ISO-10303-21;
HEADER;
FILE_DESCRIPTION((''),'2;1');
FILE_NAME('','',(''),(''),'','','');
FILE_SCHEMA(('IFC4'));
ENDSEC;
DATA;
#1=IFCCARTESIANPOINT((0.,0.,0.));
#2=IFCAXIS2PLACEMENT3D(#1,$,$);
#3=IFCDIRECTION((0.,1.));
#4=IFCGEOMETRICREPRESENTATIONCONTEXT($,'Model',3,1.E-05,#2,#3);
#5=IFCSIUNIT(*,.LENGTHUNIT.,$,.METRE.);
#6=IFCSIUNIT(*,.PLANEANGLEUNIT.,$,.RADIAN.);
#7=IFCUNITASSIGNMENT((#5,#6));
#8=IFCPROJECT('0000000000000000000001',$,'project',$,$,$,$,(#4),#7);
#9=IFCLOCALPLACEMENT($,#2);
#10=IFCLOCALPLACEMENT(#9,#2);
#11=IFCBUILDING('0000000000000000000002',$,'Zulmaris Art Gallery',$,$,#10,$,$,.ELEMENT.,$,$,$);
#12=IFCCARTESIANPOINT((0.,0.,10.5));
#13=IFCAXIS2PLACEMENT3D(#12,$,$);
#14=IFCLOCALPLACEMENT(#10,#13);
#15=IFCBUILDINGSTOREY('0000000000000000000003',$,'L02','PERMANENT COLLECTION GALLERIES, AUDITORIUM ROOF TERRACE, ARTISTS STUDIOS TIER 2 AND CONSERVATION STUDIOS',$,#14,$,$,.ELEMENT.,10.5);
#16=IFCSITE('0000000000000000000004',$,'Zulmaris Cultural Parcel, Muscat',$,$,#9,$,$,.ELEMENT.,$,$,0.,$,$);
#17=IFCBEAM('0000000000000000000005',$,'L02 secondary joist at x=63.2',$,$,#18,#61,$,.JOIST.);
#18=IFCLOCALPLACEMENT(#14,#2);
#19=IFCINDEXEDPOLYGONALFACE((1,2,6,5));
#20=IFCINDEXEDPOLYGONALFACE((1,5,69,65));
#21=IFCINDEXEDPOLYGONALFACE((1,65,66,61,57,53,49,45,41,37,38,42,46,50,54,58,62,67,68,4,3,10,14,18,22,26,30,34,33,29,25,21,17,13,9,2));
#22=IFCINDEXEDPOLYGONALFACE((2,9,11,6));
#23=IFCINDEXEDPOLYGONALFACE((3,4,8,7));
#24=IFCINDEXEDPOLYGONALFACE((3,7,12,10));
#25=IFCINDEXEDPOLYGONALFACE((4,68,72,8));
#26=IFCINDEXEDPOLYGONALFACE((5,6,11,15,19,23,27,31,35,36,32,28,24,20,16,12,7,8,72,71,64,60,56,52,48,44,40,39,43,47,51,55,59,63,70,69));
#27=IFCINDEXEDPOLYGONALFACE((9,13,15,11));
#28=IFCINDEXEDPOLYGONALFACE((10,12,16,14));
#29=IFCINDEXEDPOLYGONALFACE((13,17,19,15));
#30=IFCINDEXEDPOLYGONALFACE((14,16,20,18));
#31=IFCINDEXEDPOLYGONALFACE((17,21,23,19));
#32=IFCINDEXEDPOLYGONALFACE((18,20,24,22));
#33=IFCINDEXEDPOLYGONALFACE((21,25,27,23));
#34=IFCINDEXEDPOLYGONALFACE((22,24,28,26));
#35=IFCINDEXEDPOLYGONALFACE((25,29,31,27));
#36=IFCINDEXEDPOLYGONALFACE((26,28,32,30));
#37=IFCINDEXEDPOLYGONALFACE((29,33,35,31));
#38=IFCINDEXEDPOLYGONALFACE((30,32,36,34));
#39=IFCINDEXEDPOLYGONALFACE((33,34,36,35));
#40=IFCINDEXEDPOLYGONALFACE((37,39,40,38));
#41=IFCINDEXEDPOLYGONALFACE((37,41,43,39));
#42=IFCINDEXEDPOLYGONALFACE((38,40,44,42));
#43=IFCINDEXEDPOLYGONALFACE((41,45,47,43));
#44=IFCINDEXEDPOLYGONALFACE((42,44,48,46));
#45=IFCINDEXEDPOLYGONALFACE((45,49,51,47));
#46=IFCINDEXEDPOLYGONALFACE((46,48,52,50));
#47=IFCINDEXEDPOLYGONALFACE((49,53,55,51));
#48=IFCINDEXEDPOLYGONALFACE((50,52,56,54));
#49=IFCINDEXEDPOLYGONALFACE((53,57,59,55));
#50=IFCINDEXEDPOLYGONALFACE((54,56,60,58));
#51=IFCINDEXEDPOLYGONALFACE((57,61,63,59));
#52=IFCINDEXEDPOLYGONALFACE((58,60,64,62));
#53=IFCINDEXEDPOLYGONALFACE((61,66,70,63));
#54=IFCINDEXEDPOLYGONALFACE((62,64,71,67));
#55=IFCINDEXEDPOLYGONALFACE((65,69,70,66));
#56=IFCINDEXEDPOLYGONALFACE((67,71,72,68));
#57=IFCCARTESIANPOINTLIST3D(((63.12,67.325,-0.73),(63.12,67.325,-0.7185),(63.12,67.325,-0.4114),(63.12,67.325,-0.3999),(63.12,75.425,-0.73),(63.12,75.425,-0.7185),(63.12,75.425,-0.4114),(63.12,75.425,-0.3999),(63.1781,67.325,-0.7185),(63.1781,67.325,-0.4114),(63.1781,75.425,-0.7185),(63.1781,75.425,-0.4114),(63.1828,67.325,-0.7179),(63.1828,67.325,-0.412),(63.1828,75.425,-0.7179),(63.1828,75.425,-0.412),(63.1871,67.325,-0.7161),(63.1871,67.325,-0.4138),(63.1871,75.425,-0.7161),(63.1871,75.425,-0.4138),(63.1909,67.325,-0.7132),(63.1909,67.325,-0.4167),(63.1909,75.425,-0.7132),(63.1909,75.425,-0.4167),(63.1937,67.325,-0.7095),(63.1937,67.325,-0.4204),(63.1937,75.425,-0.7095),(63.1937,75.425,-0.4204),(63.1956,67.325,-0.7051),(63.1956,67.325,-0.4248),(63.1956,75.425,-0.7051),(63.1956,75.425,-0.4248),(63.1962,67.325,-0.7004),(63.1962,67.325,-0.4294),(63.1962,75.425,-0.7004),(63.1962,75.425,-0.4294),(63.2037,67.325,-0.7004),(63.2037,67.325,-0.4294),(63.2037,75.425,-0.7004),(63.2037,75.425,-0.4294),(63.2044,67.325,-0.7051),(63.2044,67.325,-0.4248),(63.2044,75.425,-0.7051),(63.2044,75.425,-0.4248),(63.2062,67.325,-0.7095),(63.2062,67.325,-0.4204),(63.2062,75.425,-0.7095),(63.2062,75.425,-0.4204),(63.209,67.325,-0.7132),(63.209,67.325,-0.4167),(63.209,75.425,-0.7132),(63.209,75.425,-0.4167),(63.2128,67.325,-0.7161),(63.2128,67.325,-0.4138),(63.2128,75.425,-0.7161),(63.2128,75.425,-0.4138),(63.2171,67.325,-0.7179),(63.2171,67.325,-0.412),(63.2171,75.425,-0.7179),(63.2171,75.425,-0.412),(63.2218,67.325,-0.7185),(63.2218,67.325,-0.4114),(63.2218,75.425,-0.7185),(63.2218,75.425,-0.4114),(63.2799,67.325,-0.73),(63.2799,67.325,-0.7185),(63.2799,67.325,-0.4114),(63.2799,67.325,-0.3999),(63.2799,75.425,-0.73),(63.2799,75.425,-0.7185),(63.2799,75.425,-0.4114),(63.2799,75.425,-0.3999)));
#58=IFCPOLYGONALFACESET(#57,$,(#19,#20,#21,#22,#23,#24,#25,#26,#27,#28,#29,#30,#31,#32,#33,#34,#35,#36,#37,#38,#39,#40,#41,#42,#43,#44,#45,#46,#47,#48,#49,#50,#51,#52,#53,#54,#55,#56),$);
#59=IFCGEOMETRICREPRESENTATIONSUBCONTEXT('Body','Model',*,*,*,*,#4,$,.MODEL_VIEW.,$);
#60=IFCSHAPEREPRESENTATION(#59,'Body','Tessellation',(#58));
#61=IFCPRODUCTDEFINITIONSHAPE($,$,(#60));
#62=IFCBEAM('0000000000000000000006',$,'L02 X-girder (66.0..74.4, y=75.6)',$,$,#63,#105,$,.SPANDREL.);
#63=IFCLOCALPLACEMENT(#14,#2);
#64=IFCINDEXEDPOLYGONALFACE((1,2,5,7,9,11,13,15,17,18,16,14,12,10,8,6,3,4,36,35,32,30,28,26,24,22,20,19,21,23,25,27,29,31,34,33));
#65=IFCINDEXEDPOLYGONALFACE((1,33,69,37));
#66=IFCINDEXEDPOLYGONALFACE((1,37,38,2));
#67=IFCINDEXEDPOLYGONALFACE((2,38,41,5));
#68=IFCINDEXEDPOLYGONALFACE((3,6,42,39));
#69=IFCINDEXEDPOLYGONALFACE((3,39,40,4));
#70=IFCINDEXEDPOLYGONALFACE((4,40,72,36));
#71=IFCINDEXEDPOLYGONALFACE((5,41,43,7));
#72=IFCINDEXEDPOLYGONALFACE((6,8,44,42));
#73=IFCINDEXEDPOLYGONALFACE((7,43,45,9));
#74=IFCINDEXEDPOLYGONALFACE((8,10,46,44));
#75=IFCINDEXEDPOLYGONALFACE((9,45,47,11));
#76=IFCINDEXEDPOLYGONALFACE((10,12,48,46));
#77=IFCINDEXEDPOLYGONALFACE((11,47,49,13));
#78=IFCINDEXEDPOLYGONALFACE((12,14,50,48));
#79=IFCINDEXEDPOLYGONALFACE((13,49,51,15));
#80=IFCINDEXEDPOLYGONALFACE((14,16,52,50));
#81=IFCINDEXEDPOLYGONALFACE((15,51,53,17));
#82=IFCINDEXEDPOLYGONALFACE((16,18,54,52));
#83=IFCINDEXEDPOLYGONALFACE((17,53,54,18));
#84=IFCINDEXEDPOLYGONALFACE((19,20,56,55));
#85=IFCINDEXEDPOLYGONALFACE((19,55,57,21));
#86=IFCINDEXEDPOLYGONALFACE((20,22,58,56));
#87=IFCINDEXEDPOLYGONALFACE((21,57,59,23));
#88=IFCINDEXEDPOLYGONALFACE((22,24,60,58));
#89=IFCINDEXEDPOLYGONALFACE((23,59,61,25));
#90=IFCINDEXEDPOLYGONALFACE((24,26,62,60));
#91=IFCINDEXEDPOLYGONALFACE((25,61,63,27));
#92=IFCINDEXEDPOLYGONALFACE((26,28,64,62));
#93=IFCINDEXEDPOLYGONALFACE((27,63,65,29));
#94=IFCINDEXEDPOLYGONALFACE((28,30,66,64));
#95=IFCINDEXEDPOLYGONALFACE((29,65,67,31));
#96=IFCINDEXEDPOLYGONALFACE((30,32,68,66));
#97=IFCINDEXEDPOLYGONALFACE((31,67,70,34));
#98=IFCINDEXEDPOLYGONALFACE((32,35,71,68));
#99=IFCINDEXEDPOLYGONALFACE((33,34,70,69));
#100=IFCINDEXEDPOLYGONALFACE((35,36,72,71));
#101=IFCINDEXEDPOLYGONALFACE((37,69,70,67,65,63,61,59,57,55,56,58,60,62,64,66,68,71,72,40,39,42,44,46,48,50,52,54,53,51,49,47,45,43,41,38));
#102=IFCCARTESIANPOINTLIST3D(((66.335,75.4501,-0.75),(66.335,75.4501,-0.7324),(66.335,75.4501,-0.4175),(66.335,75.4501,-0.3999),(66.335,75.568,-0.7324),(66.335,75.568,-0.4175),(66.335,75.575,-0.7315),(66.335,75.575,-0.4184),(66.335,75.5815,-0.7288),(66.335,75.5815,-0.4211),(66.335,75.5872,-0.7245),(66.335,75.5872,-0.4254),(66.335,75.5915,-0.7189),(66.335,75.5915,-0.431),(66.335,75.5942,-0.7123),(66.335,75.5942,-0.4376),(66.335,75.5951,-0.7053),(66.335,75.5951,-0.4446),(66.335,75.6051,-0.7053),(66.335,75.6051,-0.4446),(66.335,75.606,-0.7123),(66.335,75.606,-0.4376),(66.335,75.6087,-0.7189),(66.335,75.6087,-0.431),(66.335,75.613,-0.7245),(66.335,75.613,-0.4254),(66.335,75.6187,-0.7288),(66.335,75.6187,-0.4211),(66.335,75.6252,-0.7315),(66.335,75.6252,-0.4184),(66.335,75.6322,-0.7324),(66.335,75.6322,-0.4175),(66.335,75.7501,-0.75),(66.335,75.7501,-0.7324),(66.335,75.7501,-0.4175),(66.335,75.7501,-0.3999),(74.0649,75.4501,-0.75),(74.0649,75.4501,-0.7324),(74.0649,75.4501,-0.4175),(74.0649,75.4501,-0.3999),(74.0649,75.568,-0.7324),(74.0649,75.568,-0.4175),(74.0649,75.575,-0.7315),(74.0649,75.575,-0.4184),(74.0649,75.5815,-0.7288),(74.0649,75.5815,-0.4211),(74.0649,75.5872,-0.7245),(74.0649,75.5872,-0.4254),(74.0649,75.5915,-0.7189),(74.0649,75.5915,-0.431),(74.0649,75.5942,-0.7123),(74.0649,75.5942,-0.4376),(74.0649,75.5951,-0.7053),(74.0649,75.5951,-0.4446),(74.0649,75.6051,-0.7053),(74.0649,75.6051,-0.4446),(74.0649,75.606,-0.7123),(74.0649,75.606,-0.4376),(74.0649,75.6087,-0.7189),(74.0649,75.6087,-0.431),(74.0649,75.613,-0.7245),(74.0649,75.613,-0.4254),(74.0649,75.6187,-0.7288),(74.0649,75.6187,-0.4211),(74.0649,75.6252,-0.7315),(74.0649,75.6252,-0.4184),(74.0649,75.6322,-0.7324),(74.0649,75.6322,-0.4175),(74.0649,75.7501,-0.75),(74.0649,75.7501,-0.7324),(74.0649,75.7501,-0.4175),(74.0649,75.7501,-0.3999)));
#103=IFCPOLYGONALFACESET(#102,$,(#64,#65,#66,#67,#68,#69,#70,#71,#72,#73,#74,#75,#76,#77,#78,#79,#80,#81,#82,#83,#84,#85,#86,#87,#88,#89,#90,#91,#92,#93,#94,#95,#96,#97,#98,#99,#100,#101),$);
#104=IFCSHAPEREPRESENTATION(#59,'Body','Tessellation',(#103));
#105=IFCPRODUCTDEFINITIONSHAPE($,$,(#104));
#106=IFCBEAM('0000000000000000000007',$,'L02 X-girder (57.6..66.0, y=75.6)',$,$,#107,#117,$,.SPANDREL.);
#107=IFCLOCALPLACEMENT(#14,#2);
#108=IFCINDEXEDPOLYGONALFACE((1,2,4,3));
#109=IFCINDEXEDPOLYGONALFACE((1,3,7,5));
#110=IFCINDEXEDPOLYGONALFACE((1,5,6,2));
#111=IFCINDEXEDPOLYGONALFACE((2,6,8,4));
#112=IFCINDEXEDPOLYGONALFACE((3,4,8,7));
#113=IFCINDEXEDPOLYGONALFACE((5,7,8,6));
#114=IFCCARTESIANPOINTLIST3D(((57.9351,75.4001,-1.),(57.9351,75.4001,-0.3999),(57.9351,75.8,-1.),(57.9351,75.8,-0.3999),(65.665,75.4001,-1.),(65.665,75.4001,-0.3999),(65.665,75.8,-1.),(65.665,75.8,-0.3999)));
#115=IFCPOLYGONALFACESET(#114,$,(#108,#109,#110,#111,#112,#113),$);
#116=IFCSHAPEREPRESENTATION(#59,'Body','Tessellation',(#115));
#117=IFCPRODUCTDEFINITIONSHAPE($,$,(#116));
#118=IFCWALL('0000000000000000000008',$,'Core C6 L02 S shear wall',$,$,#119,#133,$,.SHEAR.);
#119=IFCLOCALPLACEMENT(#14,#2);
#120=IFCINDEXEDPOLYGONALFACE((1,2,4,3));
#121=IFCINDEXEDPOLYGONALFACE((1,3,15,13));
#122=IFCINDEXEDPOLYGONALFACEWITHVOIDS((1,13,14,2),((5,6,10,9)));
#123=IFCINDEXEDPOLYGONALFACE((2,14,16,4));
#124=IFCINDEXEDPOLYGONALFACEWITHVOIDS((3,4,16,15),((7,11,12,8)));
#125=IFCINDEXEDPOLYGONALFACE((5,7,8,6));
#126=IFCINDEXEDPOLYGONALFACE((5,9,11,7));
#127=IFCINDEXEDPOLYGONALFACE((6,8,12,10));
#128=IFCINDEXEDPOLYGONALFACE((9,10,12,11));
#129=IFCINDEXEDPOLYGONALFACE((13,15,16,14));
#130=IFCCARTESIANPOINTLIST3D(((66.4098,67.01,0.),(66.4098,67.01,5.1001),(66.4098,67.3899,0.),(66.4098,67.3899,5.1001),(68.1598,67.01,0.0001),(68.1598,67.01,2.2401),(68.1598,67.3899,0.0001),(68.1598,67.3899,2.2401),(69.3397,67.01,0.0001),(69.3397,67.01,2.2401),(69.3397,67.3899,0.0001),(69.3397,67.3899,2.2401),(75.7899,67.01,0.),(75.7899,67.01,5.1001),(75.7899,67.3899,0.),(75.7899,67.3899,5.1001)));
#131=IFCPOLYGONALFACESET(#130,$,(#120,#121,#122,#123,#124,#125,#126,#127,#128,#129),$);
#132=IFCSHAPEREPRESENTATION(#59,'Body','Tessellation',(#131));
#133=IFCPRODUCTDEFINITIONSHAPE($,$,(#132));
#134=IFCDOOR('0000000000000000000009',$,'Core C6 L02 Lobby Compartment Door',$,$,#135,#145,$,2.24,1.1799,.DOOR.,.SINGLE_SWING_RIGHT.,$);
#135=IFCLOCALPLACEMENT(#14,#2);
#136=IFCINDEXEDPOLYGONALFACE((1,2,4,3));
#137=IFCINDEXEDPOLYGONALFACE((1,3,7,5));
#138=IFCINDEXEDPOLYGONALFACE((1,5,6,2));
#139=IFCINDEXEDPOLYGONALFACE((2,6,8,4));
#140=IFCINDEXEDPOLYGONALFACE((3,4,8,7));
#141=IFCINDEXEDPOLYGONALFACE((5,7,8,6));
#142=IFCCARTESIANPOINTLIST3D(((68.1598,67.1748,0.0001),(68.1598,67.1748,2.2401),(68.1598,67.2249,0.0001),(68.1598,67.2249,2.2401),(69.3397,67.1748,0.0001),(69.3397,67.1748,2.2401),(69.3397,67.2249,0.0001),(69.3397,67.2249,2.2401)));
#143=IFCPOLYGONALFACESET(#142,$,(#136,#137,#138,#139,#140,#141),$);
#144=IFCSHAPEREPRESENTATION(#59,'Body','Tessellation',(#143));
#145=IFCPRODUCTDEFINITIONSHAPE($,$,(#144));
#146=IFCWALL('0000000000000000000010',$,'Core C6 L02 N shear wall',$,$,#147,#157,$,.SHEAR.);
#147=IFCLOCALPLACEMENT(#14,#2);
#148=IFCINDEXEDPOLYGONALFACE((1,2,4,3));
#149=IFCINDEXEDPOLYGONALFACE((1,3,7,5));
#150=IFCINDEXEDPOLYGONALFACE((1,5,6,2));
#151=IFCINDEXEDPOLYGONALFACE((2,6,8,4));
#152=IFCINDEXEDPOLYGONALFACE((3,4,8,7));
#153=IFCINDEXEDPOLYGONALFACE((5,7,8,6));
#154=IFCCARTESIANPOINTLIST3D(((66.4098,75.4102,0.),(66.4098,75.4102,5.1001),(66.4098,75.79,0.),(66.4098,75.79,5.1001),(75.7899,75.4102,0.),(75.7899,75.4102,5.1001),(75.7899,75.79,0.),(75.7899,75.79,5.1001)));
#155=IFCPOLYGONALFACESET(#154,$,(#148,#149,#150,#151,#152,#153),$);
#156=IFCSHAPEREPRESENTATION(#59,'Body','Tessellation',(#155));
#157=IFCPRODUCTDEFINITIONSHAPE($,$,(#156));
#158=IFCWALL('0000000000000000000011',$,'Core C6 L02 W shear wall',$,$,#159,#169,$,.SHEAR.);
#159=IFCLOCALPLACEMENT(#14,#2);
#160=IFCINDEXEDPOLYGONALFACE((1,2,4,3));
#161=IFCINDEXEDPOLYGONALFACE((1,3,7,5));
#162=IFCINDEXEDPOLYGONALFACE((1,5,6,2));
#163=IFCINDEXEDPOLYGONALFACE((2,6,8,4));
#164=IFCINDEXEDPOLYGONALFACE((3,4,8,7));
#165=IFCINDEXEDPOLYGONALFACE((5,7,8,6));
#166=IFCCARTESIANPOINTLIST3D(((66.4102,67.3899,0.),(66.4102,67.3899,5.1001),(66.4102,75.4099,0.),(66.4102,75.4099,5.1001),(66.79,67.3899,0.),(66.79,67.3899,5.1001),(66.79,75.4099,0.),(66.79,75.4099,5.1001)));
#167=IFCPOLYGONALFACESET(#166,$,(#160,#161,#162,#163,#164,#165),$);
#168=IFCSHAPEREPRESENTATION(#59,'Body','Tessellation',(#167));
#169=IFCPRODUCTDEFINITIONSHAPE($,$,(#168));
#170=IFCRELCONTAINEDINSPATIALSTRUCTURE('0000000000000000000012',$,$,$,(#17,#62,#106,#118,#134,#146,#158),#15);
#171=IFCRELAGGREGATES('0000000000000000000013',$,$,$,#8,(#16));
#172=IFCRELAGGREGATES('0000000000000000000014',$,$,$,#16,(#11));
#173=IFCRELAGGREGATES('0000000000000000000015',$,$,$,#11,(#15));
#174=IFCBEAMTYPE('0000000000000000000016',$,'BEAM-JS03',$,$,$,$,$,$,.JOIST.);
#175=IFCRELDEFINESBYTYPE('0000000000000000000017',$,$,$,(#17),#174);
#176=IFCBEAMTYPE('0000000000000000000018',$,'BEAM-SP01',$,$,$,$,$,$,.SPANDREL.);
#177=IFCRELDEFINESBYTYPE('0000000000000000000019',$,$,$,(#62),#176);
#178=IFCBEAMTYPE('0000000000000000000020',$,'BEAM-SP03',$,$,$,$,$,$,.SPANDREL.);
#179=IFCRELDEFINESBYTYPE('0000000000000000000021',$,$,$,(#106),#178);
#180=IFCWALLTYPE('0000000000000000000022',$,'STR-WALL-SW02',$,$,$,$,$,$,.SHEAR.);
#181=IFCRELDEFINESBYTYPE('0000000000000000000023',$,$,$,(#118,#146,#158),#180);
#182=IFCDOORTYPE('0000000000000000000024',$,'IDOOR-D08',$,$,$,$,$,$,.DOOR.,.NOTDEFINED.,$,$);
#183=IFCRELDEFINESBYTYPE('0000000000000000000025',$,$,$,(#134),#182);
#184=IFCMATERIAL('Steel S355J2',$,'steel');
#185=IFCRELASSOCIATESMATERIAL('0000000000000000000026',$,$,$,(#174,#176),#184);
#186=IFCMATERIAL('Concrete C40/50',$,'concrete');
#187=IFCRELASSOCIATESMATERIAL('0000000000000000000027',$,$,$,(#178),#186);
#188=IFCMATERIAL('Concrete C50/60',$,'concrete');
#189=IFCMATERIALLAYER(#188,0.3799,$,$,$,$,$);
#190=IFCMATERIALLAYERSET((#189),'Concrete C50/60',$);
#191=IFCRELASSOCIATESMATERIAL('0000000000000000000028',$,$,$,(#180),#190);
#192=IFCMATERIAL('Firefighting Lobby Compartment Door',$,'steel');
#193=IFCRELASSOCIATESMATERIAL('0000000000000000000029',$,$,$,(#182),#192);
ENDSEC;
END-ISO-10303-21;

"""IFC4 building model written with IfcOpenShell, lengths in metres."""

from ifc_helpers import new_model, si_unit, direction, frame, frame_2d, origin, origin_2d, place, context, subcontext, project, spatial, rectangle, i_section, extrude, material, layer, layer_set, material_profile, profile_set, type_object, element, fill, save


model = new_model("IFC4")

# Units and contexts
model_context = context("Model", 3, precision=1e-05, world=origin(), true_north=direction((0.0, 1.0)))
body_context = subcontext(model_context, "Body", "Model", "MODEL_VIEW")
ifc_project = project(units=[si_unit("LENGTHUNIT", "METRE"), si_unit("PLANEANGLEUNIT", "RADIAN")], contexts=[model_context])

# Site, building, storey
site_placement = place(None, origin())
site = spatial("IfcSite", under=ifc_project, at=site_placement, Name="Zulmaris Cultural Parcel, Muscat", CompositionType="ELEMENT", RefElevation=0.0)
building_placement = place(site_placement, origin())
building = spatial("IfcBuilding", under=site, at=building_placement, Name="Zulmaris Art Gallery", CompositionType="ELEMENT")
storey_placement = place(building_placement, frame((0.0, 0.0, 10.5)))
storey = spatial("IfcBuildingStorey", under=building, at=storey_placement, Name="L02", Description="PERMANENT COLLECTION GALLERIES, AUDITORIUM ROOF TERRACE, ARTISTS STUDIOS TIER 2 AND CONSERVATION STUDIOS", CompositionType="ELEMENT", Elevation=10.5)

# Beams
ifc_material_1 = material(Name="Steel S355J2", Category="steel")
ifc_material_2 = material(Name="Concrete C40/50", Category="concrete")
ifc_material_profile_1 = material_profile(ifc_material_1, i_section(OverallWidth=0.1599, OverallDepth=0.3301, WebThickness=0.0076, FlangeThickness=0.0115, FilletRadius=0.0181, at=origin_2d()), Name="IPE 330")
ifc_profile_set_1 = profile_set([ifc_material_profile_1], Name="Steel S355J2")
beam_type_1 = type_object("IfcBeamType", Name="BEAM-JS03", PredefinedType="JOIST", material=ifc_profile_set_1)
beam_1_placement = place(storey_placement, frame((63.2, 67.325, -0.5649), z_axis=(0.0, 1.0, 0.0), x_axis=(-1.0, 0.0, 0.0)))
element("IfcBeam", 1, at=beam_1_placement, inside=storey, type_object=beam_type_1, Name="L02 secondary joist at x=63.2", PredefinedType="JOIST", context=body_context, shape_type="SweptSolid", body=[
    extrude(i_section(OverallWidth=0.1599, OverallDepth=0.3301, WebThickness=0.0076, FlangeThickness=0.0115, FilletRadius=0.0181, at=origin_2d()), origin(), (0.0, 0.0, 1.0), 8.1001),
])
ifc_material_profile_2 = material_profile(ifc_material_1, i_section(OverallWidth=0.3, OverallDepth=0.3501, WebThickness=0.01, FlangeThickness=0.0176, FilletRadius=0.0271, at=origin_2d()), Name="HEA 360")
ifc_profile_set_2 = profile_set([ifc_material_profile_2], Name="Steel S355J2")
beam_type_2 = type_object("IfcBeamType", Name="BEAM-SP01", PredefinedType="SPANDREL", material=ifc_profile_set_2)
beam_2_placement = place(storey_placement, frame((66.335, 75.6001, -0.575), z_axis=(1.0, 0.0, 0.0), x_axis=(0.0, 1.0, 0.0)))
element("IfcBeam", 2, at=beam_2_placement, inside=storey, type_object=beam_type_2, Name="L02 X-girder (66.0..74.4, y=75.6)", PredefinedType="SPANDREL", context=body_context, shape_type="SweptSolid", body=[
    extrude(i_section(OverallWidth=0.3, OverallDepth=0.3501, WebThickness=0.01, FlangeThickness=0.0176, FilletRadius=0.0271, at=origin_2d()), origin(), (0.0, 0.0, 1.0), 7.73),
])
ifc_material_profile_3 = material_profile(ifc_material_2, rectangle(XDim=0.3999, YDim=0.6001, at=origin_2d()), Name="RC 400x600")
ifc_profile_set_3 = profile_set([ifc_material_profile_3], Name="Concrete C40/50")
beam_type_3 = type_object("IfcBeamType", Name="BEAM-SP03", PredefinedType="SPANDREL", material=ifc_profile_set_3)
beam_3_placement = place(storey_placement, frame((57.9351, 75.6001, -0.7), z_axis=(1.0, 0.0, 0.0), x_axis=(0.0, 1.0, 0.0)))
element("IfcBeam", 3, at=beam_3_placement, inside=storey, type_object=beam_type_3, Name="L02 X-girder (57.6..66.0, y=75.6)", PredefinedType="SPANDREL", context=body_context, shape_type="SweptSolid", body=[
    extrude(rectangle(XDim=0.3999, YDim=0.6001, at=origin_2d()), origin(), (0.0, 0.0, 1.0), 7.73),
])

# Wall, opening, door
ifc_material_3 = material(Name="Concrete C50/60", Category="concrete")
ifc_layer_1 = layer(ifc_material_3, 0.3799)
ifc_layer_set_1 = layer_set([ifc_layer_1], Name="Concrete C50/60")
wall_type = type_object("IfcWallType", Name="STR-WALL-SW02", PredefinedType="SHEAR", material=ifc_layer_set_1)
wall_1_placement = place(storey_placement, frame((66.4099, 67.2, 0.0), z_axis=(0.0, 0.0, 1.0), x_axis=(1.0, 0.0, 0.0)))
wall_1 = element("IfcWall", 4, at=wall_1_placement, inside=storey, type_object=wall_type, Name="Core C6 L02 S shear wall", PredefinedType="SHEAR", context=body_context, shape_type="SweptSolid", body=[
    extrude(rectangle(XDim=9.3801, YDim=0.3799, at=frame_2d((4.6899, 0.0))), origin(), (0.0, 0.0, 1.0), 5.1001),
])
opening_1_placement = place(wall_1_placement, frame((1.75, 0.0, 0.0)))
opening_1 = element("IfcOpeningElement", 5, at=opening_1_placement, cuts=wall_1, PredefinedType="OPENING", context=body_context, shape_type="SweptSolid", body=[
    extrude(rectangle(XDim=1.1799, YDim=2.24, at=frame_2d((0.5898, 1.1201))), frame((0.0, 0.2, 0.0), z_axis=(0.0, -1.0, 0.0), x_axis=(1.0, 0.0, 0.0)), (0.0, 0.0, 1.0), 0.3999),
])
ifc_material_4 = material(Name="Firefighting Lobby Compartment Door", Category="steel")
door_type_1 = type_object("IfcDoorType", Name="IDOOR-D08", OperationType="NOTDEFINED", PredefinedType="DOOR", material=ifc_material_4)
door_1_placement = place(opening_1_placement, origin())
door_1 = element("IfcDoor", 6, at=door_1_placement, inside=storey, type_object=door_type_1, Name="Core C6 L02 Lobby Compartment Door", OperationType="SINGLE_SWING_RIGHT", OverallHeight=2.24, OverallWidth=1.1799, PredefinedType="DOOR", context=body_context, shape_type="SweptSolid", body=[
    extrude(rectangle(XDim=1.1799, YDim=2.24, at=frame_2d((0.5898, 1.1201))), frame((0.0, 0.0249, 0.0), z_axis=(0.0, -1.0, 0.0), x_axis=(1.0, 0.0, 0.0)), (0.0, 0.0, 1.0), 0.05),
])
fill(opening_1, door_1)

# Walls
wall_2_placement = place(storey_placement, frame((66.4099, 75.6001, 0.0), z_axis=(0.0, 0.0, 1.0), x_axis=(1.0, 0.0, 0.0)))
element("IfcWall", 7, at=wall_2_placement, inside=storey, type_object=wall_type, Name="Core C6 L02 N shear wall", PredefinedType="SHEAR", context=body_context, shape_type="SweptSolid", body=[
    extrude(rectangle(XDim=9.3801, YDim=0.3799, at=frame_2d((4.6899, 0.0))), origin(), (0.0, 0.0, 1.0), 5.1001),
])
wall_3_placement = place(storey_placement, frame((66.6001, 67.3899, 0.0), z_axis=(0.0, 0.0, 1.0), x_axis=(0.0, 1.0, 0.0)))
element("IfcWall", 8, at=wall_3_placement, inside=storey, type_object=wall_type, Name="Core C6 L02 W shear wall", PredefinedType="SHEAR", context=body_context, shape_type="SweptSolid", body=[
    extrude(rectangle(XDim=8.02, YDim=0.3799, at=frame_2d((4.01, 0.0))), origin(), (0.0, 0.0, 1.0), 5.1001),
])

save(model, "model.ifc")
